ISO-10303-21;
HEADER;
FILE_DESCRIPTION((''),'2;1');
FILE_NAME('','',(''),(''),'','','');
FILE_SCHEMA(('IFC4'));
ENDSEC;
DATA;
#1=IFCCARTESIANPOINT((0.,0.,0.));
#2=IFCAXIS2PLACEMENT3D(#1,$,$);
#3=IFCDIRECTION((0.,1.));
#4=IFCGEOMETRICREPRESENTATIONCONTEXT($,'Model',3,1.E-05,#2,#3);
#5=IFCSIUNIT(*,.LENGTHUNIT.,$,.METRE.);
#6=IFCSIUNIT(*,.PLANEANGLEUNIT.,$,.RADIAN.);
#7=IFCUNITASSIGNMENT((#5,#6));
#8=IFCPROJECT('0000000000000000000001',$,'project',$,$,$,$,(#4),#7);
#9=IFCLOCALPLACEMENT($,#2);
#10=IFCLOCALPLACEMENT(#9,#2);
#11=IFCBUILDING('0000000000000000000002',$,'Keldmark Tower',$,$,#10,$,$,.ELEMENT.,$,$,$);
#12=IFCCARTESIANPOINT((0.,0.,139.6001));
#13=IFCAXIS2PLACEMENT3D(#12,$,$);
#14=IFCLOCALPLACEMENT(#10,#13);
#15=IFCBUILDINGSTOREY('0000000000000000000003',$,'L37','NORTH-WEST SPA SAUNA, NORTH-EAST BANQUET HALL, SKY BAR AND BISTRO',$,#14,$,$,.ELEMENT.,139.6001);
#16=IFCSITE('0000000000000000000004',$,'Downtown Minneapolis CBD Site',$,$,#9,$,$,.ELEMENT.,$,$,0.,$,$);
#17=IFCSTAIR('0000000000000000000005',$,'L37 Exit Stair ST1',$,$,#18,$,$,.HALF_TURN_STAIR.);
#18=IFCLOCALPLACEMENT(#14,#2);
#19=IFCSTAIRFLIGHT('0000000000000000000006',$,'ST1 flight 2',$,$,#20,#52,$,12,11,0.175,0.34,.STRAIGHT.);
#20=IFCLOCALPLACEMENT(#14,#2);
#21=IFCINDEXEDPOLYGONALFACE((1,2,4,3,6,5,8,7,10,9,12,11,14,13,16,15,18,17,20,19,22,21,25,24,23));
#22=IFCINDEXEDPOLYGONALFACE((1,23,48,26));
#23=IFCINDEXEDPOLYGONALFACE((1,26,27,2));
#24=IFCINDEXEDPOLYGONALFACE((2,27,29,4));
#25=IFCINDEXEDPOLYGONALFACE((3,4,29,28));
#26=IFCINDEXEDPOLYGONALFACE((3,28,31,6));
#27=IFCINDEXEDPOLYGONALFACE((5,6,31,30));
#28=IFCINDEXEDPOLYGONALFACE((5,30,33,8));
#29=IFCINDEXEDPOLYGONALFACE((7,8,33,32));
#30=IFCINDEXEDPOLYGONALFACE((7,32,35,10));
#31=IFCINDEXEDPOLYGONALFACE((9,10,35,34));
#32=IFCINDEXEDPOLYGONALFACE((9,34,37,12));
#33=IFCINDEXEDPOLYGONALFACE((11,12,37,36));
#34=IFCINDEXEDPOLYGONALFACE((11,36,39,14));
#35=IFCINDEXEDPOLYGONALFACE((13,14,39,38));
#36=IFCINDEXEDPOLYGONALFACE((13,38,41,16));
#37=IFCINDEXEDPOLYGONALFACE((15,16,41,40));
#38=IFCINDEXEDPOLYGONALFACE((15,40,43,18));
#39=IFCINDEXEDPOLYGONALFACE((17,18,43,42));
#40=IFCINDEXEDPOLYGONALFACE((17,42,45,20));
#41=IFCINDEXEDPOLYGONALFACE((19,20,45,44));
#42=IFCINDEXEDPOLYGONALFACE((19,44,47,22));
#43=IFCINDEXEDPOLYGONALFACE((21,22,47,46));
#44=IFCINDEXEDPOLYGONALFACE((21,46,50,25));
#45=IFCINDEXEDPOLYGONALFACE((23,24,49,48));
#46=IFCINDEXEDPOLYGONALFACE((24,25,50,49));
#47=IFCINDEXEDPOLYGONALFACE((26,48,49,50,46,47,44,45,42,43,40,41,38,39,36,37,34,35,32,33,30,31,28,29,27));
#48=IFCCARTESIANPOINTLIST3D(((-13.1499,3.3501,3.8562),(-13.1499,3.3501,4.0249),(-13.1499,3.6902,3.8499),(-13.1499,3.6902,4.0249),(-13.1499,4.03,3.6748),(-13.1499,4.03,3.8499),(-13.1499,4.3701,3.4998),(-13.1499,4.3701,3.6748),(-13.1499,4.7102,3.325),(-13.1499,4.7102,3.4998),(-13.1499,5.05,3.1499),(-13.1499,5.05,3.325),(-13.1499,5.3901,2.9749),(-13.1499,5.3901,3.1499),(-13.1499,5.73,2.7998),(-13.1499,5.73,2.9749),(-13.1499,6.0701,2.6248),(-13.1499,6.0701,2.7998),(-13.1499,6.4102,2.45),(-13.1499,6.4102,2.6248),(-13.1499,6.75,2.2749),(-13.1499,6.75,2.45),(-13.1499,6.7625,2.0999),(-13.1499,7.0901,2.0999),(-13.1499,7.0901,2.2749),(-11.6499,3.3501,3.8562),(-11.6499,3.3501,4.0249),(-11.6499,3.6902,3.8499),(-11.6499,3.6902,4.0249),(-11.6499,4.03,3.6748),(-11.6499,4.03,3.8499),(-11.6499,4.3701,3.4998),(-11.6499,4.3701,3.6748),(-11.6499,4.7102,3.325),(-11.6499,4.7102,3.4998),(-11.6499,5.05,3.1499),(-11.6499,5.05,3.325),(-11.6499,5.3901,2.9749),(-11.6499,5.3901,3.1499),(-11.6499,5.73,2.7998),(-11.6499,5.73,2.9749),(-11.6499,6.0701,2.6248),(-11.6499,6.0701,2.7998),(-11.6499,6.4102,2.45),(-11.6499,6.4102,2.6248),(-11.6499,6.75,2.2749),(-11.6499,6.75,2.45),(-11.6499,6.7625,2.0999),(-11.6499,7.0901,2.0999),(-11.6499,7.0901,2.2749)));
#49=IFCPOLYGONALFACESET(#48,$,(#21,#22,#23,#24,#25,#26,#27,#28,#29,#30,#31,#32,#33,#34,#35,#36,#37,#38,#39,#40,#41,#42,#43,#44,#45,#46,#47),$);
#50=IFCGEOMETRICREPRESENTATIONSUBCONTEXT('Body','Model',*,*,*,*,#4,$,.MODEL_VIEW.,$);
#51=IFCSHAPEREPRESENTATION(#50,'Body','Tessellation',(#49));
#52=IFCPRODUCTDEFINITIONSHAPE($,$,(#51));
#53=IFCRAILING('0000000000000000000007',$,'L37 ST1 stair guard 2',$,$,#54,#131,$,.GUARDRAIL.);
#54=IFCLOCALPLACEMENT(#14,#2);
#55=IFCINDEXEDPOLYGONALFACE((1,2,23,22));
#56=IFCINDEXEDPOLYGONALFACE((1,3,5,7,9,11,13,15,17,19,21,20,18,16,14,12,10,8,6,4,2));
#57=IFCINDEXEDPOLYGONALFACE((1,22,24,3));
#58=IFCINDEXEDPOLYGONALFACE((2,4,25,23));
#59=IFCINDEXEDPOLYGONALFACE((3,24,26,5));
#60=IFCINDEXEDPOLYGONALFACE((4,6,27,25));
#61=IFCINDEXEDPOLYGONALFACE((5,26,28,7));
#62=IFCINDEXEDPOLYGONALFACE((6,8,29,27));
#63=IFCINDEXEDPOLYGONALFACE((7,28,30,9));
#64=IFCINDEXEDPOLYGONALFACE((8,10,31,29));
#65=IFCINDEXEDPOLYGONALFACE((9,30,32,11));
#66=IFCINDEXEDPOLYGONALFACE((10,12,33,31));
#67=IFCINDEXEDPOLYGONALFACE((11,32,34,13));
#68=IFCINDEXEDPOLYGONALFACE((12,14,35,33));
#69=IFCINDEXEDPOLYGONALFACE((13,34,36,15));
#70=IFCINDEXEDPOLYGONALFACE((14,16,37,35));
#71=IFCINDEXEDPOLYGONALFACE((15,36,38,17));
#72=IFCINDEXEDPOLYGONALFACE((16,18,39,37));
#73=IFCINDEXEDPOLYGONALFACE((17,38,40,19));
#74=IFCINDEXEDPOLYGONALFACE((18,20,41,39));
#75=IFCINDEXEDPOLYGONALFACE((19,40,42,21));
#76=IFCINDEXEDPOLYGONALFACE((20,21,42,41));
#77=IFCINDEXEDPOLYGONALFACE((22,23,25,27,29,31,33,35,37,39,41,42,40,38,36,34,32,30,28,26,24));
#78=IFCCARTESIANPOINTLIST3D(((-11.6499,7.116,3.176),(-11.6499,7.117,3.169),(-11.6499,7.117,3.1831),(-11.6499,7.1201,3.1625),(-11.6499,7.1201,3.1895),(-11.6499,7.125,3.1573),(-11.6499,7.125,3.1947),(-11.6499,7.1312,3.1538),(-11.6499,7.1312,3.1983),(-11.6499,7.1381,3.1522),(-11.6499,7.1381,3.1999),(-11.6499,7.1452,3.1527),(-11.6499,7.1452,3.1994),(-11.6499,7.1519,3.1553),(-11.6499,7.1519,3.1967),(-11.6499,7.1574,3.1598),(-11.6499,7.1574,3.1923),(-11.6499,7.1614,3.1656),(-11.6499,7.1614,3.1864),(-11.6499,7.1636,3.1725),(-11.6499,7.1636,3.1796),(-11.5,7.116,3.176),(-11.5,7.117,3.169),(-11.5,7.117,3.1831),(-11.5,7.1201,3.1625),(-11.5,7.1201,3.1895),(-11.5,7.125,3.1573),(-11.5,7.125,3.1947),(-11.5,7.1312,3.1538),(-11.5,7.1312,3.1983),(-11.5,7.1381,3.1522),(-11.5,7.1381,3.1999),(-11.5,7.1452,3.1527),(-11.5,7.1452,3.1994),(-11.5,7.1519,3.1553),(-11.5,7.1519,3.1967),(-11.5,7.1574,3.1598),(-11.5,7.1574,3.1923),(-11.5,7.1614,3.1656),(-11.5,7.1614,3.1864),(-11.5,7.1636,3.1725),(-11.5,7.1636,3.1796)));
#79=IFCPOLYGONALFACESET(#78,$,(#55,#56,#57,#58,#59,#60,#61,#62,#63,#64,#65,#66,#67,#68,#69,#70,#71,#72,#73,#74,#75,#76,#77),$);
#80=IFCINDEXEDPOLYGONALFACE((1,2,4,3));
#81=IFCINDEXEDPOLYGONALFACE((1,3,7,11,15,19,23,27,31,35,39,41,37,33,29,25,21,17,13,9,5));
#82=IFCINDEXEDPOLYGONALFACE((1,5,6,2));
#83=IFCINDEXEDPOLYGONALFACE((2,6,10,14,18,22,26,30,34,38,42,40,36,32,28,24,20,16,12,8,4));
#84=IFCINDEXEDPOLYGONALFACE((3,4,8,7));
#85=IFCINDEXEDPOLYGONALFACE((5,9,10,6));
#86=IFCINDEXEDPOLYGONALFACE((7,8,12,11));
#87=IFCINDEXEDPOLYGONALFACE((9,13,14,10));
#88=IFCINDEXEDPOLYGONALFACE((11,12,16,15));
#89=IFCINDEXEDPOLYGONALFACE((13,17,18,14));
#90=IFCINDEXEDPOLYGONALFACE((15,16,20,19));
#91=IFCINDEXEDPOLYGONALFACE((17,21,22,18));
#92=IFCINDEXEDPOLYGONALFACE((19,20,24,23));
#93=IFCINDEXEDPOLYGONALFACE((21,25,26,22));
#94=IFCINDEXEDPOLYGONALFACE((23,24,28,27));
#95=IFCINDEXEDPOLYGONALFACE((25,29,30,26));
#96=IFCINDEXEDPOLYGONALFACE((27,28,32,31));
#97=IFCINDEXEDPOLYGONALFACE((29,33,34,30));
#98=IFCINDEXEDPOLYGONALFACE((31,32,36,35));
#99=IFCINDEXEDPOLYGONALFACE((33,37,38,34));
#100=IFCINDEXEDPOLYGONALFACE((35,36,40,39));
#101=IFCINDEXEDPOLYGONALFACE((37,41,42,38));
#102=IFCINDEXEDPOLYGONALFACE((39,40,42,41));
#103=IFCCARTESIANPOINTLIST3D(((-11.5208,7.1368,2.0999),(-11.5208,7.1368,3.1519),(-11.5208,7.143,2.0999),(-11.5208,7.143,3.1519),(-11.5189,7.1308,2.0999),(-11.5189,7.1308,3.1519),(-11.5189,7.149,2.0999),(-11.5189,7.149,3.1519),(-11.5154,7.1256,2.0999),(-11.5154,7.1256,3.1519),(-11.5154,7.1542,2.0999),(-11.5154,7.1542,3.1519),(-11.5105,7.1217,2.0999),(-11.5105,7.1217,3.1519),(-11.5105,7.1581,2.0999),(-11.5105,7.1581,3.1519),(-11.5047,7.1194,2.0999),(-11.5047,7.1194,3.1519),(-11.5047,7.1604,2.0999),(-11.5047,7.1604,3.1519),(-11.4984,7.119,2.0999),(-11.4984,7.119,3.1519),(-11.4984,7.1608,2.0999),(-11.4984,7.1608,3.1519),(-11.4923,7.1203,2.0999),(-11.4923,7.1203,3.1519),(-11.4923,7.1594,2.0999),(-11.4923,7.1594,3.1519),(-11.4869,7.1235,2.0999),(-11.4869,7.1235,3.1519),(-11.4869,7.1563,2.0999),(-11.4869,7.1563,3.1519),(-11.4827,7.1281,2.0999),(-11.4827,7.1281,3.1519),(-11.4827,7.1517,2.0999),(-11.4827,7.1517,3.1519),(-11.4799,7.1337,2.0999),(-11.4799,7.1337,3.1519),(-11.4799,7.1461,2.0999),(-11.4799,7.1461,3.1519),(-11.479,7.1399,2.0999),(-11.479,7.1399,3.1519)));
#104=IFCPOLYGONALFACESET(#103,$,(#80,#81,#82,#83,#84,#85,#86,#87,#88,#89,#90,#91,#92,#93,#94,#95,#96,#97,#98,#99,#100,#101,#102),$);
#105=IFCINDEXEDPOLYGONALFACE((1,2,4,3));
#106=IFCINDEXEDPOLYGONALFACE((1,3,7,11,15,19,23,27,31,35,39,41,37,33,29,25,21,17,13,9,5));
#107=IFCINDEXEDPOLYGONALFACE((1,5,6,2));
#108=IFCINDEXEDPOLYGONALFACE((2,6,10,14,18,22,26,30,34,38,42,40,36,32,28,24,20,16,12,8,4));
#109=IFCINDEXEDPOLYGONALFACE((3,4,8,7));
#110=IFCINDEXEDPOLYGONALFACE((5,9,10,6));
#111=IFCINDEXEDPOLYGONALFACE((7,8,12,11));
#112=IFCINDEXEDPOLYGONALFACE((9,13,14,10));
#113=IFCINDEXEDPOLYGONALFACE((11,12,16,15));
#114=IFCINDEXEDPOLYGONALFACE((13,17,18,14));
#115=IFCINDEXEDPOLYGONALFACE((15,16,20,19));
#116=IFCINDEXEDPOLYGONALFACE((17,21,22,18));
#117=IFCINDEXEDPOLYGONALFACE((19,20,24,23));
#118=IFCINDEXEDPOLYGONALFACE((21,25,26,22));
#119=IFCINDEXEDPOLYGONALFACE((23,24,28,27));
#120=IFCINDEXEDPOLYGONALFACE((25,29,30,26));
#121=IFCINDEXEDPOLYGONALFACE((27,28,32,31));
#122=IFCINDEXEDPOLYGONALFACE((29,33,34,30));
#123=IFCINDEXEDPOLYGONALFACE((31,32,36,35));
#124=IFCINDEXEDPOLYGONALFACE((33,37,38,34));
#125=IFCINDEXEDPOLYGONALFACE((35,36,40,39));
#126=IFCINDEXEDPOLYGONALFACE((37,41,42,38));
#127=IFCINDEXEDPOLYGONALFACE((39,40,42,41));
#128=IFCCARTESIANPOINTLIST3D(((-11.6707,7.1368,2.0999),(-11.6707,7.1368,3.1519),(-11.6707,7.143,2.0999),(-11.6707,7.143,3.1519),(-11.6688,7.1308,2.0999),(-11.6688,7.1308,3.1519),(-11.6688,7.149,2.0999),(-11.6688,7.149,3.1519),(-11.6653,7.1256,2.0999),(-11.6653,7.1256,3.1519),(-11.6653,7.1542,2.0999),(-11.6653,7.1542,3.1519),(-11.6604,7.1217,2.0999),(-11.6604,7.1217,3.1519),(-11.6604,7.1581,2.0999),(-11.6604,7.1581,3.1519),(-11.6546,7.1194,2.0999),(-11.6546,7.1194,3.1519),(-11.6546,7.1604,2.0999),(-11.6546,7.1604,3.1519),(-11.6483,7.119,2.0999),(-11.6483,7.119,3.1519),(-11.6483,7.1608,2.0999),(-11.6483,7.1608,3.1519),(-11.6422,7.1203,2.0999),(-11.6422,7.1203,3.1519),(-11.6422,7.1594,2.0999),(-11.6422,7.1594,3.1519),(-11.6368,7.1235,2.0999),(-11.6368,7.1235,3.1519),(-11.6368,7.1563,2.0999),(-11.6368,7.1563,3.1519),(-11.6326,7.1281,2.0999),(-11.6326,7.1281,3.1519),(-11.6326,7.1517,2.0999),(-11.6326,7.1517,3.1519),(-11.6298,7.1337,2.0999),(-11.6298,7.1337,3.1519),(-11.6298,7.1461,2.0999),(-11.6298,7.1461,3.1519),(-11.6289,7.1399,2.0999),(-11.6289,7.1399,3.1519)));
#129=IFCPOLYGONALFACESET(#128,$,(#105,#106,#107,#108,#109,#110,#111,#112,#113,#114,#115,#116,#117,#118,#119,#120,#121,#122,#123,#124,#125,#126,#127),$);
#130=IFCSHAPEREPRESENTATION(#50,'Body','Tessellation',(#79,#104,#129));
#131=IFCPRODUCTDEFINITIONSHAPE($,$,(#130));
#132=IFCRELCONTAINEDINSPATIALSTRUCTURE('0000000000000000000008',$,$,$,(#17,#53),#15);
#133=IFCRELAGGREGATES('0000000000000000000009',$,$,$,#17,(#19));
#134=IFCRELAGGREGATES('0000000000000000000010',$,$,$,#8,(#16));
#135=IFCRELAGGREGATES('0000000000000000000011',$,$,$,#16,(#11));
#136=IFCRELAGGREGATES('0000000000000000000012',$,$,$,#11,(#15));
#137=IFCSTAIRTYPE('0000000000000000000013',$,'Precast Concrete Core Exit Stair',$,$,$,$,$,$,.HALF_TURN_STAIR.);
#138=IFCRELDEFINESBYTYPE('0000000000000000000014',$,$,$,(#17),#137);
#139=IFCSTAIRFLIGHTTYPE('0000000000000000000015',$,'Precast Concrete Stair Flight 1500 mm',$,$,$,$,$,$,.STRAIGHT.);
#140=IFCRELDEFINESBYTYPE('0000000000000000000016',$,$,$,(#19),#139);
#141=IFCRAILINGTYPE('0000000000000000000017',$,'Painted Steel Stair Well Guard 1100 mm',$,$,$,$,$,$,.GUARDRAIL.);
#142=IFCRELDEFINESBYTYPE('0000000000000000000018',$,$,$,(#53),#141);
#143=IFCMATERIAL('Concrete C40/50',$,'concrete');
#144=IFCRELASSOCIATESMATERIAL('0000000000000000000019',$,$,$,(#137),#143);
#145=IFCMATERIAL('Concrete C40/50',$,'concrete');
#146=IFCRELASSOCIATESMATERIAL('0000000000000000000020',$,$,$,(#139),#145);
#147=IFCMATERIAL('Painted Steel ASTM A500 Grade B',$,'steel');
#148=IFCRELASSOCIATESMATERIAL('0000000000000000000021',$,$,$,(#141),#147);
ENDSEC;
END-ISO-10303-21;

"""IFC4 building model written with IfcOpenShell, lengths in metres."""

from ifc_helpers import new_model, si_unit, direction, frame, origin, origin_2d, place, context, subcontext, project, spatial, polyline, circle, outline, extrude, material, type_object, element, aggregate, save


model = new_model("IFC4")

# Units and contexts
model_context = context("Model", 3, precision=1e-05, world=origin(), true_north=direction((0.0, 1.0)))
body_context = subcontext(model_context, "Body", "Model", "MODEL_VIEW")
ifc_project = project(units=[si_unit("LENGTHUNIT", "METRE"), si_unit("PLANEANGLEUNIT", "RADIAN")], contexts=[model_context])

# Site, building, storey
site_placement = place(None, origin())
site = spatial("IfcSite", under=ifc_project, at=site_placement, Name="Downtown Minneapolis CBD Site", CompositionType="ELEMENT", RefElevation=0.0)
building_placement = place(site_placement, origin())
building = spatial("IfcBuilding", under=site, at=building_placement, Name="Keldmark Tower", CompositionType="ELEMENT")
storey_placement = place(building_placement, frame((0.0, 0.0, 139.6001)))
storey = spatial("IfcBuildingStorey", under=building, at=storey_placement, Name="L37", Description="NORTH-WEST SPA SAUNA, NORTH-EAST BANQUET HALL, SKY BAR AND BISTRO", CompositionType="ELEMENT", Elevation=139.6001)

# Stair, stair flight
ifc_material_1 = material(Name="Concrete C40/50", Category="concrete")
stair_type = type_object("IfcStairType", Name="Precast Concrete Core Exit Stair", PredefinedType="HALF_TURN_STAIR", material=ifc_material_1)
stair_placement = place(storey_placement, origin())
stair = element("IfcStair", 1, at=stair_placement, inside=storey, type_object=stair_type, Name="L37 Exit Stair ST1", PredefinedType="HALF_TURN_STAIR")
ifc_material_2 = material(Name="Concrete C40/50", Category="concrete")
stair_flight_type = type_object("IfcStairFlightType", Name="Precast Concrete Stair Flight 1500 mm", PredefinedType="STRAIGHT", material=ifc_material_2)
stair_flight_placement = place(storey_placement, frame((-12.3999, 7.0901, 2.0999), z_axis=(0.0, 0.0, 1.0), x_axis=(0.0, -1.0, 0.0)))
stair_flight = element("IfcStairFlight", 2, at=stair_flight_placement, type_object=stair_flight_type, Name="ST1 flight 2", NumberOfRisers=12, NumberOfTreads=11, PredefinedType="STRAIGHT", RiserHeight=0.175, TreadLength=0.34, context=body_context, shape_type="SweptSolid", body=[
    extrude(outline(polyline([(0.0, 0.0), (0.0, 0.175), (0.3401, 0.175), (0.3401, 0.3501), (0.6799, 0.3501), (0.6799, 0.5249), (1.02, 0.5249), (1.02, 0.7), (1.3601, 0.7), (1.3601, 0.875), (1.7, 0.875), (1.7, 1.05), (2.04, 1.05), (2.04, 1.2251), (2.3799, 1.2251), (2.3799, 1.3999), (2.72, 1.3999), (2.72, 1.575), (3.0601, 1.575), (3.0601, 1.75), (3.3999, 1.75), (3.3999, 1.925), (3.74, 1.925), (3.74, 2.1001), (3.74, 1.7563), (0.3276, 0.0), (0.0, 0.0)])), frame((0.0, 0.75, 0.0), z_axis=(0.0, -1.0, 0.0), x_axis=(1.0, 0.0, 0.0)), (0.0, 0.0, 1.0), 1.5),
])
aggregate(stair, [stair_flight])

# Railing
ifc_material_3 = material(Name="Painted Steel ASTM A500 Grade B", Category="steel")
railing_type_1 = type_object("IfcRailingType", Name="Painted Steel Stair Well Guard 1100 mm", PredefinedType="GUARDRAIL", material=ifc_material_3)
railing_1_placement = place(storey_placement, frame((-11.5, 7.1399, 2.0999)))
element("IfcRailing", 3, at=railing_1_placement, inside=storey, type_object=railing_type_1, Name="L37 ST1 stair guard 2", PredefinedType="GUARDRAIL", context=body_context, shape_type="SweptSolid", body=[
    extrude(circle(Radius=0.0239, at=origin_2d()), frame((0.0, 0.0, 1.0762), z_axis=(-1.0, 0.0, 0.0), x_axis=(0.0, -1.0, 0.0)), (0.0, 0.0, 1.0), 0.1499),
    extrude(circle(Radius=0.021, at=origin_2d()), origin(), (0.0, 0.0, 1.0), 1.052),
    extrude(circle(Radius=0.021, at=origin_2d()), frame((-0.1499, 0.0, 0.0)), (0.0, 0.0, 1.0), 1.052),
])

save(model, "model.ifc")
